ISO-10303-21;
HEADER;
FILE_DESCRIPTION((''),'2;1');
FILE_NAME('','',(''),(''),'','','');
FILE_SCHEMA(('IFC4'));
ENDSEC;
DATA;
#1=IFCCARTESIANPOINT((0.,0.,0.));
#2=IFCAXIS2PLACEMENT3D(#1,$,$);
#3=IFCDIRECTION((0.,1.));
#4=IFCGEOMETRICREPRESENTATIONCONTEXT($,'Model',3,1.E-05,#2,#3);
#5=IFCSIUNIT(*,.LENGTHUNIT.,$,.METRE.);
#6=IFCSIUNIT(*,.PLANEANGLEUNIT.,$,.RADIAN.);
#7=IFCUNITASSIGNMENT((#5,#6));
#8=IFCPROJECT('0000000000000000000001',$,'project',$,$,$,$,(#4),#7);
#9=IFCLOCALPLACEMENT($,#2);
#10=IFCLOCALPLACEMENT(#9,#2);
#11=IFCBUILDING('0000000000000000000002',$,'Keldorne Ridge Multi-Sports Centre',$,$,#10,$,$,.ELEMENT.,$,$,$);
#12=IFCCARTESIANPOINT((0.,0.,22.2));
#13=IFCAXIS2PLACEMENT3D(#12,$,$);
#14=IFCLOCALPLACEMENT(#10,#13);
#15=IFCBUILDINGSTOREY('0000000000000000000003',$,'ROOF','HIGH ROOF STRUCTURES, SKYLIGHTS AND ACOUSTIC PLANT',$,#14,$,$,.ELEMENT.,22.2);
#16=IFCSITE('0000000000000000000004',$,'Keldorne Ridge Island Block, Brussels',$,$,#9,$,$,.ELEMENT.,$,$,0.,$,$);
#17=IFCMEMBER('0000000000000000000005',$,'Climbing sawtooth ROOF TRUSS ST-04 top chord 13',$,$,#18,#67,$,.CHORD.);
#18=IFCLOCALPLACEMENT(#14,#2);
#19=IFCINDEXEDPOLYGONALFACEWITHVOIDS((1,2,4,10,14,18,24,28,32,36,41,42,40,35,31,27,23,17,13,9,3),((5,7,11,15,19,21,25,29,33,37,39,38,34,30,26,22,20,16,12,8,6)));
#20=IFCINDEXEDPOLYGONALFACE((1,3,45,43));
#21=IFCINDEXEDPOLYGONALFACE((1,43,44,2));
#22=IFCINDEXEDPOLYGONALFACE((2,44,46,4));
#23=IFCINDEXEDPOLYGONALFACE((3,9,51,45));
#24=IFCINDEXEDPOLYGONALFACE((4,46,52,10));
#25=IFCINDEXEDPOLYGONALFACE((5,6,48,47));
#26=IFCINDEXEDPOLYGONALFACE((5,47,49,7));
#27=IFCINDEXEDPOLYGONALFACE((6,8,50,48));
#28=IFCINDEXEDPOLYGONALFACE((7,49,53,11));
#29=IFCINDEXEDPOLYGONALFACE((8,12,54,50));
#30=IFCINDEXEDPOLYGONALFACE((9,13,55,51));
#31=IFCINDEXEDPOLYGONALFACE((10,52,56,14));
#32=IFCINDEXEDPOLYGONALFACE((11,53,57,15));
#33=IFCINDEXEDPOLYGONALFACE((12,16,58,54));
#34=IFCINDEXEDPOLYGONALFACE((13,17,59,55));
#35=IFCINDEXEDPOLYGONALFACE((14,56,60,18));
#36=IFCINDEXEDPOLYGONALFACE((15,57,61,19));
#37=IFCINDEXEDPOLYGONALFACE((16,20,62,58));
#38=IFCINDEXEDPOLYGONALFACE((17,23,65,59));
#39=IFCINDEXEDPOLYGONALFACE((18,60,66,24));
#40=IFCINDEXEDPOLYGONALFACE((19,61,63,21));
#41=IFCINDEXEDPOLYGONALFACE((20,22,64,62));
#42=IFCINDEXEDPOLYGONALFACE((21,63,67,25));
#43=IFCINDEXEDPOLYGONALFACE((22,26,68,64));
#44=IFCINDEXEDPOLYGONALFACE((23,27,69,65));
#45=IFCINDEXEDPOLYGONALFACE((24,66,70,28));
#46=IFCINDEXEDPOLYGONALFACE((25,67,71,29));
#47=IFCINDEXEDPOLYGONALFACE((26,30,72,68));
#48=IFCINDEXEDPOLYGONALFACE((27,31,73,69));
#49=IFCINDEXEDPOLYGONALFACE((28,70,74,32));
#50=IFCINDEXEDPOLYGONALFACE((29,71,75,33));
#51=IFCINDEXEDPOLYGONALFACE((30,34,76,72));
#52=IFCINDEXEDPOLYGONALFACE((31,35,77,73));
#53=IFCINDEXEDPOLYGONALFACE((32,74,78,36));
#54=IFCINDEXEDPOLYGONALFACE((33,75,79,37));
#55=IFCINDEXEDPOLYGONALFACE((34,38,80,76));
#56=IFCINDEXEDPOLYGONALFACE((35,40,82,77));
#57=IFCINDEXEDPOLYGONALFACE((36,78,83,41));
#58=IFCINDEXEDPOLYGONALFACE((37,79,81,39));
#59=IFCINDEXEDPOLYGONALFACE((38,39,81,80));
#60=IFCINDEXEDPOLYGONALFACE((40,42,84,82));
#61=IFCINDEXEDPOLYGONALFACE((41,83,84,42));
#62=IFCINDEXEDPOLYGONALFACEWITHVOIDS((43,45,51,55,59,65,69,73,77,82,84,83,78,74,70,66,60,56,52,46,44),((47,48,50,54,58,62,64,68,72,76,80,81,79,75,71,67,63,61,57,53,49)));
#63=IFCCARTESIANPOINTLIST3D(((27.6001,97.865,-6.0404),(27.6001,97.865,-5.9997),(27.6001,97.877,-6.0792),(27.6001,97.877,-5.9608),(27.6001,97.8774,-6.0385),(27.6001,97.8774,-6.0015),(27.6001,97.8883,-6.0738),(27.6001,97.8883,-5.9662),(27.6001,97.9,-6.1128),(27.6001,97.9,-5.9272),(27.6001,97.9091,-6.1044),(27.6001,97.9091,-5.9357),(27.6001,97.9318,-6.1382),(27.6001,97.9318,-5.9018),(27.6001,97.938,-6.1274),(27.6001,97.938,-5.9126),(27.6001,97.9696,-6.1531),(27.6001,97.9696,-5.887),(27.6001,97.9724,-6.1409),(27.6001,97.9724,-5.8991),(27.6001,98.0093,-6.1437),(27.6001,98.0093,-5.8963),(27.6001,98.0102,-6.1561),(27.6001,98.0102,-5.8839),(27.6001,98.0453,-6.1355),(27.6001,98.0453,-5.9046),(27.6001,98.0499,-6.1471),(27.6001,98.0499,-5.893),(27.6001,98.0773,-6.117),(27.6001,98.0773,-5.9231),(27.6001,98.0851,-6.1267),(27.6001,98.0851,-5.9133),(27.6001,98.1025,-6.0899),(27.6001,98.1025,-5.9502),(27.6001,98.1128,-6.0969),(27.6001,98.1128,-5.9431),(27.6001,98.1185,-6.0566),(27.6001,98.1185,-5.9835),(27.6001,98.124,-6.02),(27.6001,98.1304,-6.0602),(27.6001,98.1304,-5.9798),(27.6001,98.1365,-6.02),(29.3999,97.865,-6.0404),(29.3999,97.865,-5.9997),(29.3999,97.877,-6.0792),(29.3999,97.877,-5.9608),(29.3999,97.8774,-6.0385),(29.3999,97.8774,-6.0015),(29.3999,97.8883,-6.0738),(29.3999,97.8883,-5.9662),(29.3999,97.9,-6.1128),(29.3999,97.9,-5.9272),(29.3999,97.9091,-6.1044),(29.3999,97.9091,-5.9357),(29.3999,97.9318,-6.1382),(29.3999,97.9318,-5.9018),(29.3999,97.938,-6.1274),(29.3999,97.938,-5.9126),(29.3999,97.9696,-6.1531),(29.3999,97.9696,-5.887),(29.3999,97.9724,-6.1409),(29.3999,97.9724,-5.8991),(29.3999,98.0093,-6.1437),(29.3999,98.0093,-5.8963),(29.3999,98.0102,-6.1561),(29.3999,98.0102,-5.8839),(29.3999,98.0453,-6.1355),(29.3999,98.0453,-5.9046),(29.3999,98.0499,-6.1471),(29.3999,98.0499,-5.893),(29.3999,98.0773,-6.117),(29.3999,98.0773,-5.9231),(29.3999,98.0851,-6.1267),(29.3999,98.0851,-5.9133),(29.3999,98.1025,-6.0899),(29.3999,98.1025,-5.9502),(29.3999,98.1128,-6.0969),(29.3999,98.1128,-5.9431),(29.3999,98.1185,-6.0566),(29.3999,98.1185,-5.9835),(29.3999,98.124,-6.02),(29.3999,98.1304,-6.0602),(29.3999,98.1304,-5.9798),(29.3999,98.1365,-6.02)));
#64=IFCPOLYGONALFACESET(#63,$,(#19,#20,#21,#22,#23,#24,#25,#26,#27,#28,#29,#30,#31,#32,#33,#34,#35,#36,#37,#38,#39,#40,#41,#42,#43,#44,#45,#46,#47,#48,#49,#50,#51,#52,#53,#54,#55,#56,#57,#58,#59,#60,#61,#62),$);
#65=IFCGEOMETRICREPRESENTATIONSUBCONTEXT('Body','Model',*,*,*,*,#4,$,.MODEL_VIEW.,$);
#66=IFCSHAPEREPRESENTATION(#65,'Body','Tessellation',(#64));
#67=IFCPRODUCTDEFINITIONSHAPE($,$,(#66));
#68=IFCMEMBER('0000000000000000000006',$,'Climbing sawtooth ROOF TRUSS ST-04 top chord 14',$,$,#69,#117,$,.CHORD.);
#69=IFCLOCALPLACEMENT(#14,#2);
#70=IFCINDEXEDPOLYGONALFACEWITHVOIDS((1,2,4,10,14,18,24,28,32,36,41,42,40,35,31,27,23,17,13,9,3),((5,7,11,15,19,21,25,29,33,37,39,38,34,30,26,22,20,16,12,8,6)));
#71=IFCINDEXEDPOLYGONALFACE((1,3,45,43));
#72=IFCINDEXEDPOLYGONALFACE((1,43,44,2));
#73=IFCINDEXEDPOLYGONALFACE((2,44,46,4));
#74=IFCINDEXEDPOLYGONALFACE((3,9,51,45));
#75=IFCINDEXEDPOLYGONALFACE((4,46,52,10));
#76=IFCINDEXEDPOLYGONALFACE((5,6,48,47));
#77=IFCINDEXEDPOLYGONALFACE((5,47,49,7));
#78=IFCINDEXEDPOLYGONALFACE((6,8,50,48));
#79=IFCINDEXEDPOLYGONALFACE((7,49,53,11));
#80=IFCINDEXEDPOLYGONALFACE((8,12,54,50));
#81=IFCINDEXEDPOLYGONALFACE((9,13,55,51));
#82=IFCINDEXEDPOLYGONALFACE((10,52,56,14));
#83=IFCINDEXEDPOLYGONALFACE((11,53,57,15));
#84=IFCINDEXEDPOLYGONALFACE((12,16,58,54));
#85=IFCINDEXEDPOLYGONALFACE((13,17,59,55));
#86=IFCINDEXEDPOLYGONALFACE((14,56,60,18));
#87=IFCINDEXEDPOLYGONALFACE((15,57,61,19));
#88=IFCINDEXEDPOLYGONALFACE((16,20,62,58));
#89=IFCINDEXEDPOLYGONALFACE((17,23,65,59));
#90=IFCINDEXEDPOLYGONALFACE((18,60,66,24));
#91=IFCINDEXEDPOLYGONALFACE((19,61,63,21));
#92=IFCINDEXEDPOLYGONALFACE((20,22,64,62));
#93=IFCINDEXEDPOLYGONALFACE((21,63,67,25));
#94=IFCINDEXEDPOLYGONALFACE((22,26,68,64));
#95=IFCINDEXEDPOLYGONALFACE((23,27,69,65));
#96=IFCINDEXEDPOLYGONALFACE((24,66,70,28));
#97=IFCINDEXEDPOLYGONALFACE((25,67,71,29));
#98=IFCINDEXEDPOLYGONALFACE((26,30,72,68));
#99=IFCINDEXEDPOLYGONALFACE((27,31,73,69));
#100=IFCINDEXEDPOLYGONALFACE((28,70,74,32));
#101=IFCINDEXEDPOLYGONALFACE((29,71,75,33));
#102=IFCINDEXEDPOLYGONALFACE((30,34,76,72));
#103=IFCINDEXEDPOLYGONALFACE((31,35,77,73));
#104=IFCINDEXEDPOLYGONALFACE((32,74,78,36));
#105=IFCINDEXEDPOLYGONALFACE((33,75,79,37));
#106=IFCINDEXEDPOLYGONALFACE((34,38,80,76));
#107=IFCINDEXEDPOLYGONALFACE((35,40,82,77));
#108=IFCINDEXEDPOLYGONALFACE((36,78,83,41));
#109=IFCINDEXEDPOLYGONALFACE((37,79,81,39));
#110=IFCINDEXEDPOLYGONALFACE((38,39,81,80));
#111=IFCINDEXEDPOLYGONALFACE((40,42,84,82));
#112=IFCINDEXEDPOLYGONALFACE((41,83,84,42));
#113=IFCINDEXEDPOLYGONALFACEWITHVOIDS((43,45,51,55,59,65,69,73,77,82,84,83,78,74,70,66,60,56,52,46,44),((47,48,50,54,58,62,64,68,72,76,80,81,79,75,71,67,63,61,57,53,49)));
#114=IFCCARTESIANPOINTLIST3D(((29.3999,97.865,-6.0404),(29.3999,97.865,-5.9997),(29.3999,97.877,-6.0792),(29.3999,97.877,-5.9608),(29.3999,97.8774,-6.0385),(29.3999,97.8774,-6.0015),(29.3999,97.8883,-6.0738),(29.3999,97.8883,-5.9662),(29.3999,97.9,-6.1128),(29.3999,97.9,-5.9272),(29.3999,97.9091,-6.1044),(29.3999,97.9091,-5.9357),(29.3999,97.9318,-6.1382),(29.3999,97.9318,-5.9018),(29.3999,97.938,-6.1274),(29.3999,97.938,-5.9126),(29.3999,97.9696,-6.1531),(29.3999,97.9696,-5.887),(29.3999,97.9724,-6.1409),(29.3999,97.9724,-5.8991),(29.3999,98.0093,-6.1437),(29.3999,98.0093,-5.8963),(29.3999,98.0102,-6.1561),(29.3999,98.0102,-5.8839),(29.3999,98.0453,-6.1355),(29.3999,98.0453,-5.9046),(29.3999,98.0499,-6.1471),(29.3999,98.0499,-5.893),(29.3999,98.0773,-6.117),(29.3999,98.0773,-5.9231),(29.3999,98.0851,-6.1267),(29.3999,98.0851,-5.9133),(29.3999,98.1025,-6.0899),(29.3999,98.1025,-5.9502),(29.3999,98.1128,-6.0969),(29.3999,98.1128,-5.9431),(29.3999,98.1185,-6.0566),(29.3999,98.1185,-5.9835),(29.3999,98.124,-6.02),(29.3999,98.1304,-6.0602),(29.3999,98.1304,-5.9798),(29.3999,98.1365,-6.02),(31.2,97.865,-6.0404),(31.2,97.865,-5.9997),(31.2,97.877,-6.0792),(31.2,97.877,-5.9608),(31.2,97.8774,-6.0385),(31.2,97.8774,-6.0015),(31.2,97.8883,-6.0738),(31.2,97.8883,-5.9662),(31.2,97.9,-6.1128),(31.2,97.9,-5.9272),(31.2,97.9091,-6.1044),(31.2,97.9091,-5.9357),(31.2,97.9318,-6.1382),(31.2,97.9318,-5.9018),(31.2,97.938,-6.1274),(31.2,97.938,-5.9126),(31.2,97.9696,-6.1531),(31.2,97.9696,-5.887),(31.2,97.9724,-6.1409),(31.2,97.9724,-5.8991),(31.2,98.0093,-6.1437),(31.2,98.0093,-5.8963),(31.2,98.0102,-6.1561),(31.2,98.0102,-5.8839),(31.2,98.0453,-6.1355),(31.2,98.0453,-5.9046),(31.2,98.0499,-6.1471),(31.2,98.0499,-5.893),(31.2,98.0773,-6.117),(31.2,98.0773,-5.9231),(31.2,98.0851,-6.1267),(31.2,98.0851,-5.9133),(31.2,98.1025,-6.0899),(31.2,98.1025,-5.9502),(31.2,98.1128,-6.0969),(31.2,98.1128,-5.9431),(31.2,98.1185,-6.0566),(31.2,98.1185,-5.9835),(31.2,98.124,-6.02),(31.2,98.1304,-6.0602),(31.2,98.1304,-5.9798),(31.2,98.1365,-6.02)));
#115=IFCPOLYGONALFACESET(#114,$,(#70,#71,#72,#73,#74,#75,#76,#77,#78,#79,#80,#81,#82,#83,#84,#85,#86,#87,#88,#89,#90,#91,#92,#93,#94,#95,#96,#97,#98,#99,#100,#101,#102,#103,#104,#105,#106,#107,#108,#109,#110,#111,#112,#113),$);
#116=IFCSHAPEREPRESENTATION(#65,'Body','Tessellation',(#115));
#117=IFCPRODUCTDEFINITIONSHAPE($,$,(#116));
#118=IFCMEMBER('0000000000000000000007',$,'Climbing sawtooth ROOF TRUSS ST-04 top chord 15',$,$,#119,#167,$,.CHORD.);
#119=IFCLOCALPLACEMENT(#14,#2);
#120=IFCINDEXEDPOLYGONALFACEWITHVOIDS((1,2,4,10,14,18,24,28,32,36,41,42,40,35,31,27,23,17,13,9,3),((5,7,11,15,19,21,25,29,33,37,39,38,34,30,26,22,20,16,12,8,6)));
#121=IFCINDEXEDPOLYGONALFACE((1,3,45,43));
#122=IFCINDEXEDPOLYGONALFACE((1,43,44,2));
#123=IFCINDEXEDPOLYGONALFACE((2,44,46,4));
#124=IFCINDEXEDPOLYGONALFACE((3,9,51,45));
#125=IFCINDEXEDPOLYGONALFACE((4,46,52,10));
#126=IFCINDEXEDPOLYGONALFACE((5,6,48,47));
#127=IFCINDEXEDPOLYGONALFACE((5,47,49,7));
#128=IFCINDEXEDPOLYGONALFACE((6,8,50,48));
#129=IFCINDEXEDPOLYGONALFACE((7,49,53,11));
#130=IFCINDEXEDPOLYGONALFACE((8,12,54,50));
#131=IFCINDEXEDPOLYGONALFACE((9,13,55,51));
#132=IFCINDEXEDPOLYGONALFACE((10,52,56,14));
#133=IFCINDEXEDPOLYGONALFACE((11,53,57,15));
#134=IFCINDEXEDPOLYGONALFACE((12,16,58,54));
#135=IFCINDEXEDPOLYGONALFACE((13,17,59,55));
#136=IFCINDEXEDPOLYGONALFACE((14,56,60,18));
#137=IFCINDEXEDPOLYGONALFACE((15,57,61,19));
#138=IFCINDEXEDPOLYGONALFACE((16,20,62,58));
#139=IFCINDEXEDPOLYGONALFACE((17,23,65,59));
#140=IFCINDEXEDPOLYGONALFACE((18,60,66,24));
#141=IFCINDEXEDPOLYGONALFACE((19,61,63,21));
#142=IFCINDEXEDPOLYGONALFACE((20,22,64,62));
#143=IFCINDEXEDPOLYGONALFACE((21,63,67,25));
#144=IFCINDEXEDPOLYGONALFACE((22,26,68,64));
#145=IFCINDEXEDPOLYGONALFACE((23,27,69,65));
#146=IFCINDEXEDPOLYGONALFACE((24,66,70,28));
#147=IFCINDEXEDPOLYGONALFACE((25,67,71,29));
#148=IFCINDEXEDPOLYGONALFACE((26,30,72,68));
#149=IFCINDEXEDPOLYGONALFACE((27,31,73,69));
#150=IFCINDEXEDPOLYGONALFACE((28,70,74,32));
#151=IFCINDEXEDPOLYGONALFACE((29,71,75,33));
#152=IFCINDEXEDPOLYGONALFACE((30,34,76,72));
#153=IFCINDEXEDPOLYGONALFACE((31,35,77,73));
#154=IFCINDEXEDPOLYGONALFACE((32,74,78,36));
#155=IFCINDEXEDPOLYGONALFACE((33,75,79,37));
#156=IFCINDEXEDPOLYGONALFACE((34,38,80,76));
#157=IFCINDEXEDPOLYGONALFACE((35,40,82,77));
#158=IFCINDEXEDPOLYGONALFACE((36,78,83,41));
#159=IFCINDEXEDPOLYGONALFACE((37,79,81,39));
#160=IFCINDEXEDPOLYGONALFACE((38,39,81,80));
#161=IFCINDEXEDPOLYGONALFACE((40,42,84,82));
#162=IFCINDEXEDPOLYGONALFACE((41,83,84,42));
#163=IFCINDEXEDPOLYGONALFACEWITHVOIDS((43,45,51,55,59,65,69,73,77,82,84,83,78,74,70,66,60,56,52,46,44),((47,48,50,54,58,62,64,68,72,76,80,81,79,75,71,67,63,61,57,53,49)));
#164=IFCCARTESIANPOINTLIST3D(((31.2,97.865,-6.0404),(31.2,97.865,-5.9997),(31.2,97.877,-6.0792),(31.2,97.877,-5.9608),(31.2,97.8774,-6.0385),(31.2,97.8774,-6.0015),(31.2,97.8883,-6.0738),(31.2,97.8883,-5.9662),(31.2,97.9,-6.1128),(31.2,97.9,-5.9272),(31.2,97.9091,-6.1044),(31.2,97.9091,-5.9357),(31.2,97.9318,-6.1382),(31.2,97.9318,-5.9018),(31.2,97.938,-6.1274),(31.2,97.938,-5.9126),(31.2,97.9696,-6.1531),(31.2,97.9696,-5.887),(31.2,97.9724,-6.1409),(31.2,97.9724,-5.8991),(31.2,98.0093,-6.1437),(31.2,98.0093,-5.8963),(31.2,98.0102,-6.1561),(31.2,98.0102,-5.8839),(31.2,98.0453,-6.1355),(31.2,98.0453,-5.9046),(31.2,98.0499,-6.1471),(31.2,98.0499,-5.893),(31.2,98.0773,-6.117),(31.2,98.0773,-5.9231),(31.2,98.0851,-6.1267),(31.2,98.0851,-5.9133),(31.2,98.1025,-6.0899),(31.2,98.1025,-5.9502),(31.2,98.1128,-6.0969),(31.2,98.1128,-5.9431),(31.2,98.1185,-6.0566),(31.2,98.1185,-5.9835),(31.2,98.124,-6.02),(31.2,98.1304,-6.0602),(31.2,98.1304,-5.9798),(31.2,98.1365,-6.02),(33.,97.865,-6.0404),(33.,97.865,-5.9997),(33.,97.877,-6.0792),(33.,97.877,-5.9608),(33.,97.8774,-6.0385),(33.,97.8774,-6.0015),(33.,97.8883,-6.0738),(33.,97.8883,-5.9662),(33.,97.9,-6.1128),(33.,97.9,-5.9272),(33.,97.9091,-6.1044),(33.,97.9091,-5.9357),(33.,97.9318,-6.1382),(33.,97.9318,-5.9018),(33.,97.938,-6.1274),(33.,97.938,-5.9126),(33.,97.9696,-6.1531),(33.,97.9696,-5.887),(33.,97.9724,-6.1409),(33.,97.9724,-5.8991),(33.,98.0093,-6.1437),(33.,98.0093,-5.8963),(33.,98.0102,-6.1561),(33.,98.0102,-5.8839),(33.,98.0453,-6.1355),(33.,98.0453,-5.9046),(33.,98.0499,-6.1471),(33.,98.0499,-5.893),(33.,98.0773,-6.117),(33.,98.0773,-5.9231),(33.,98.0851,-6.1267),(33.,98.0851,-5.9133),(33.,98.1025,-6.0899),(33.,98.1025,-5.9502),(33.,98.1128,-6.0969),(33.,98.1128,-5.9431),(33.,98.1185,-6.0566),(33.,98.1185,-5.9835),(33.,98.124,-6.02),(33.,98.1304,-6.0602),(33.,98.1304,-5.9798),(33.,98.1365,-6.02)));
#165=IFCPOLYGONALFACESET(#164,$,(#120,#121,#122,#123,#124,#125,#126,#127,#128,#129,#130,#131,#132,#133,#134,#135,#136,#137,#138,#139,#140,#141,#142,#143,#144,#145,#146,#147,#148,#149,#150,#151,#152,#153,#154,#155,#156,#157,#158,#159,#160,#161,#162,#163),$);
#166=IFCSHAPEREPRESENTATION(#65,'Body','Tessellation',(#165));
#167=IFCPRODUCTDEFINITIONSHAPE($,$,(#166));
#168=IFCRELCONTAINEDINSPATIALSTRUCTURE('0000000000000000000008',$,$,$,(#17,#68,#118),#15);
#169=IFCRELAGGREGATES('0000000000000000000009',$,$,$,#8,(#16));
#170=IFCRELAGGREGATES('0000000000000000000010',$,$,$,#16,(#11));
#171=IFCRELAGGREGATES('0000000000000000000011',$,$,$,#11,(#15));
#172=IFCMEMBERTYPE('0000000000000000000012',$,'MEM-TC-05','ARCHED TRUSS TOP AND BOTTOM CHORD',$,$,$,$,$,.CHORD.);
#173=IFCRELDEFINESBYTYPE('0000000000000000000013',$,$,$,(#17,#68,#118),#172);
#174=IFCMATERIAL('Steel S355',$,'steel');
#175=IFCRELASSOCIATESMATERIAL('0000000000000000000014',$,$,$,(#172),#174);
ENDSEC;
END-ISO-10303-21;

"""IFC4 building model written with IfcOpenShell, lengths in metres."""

from ifc_helpers import new_model, si_unit, direction, frame, origin, origin_2d, place, context, subcontext, project, spatial, hollow_circle, extrude, material, material_profile, profile_set, type_object, element, save


model = new_model("IFC4")

# Units and contexts
model_context = context("Model", 3, precision=1e-05, world=origin(), true_north=direction((0.0, 1.0)))
body_context = subcontext(model_context, "Body", "Model", "MODEL_VIEW")
ifc_project = project(units=[si_unit("LENGTHUNIT", "METRE"), si_unit("PLANEANGLEUNIT", "RADIAN")], contexts=[model_context])

# Site, building, storey
site_placement = place(None, origin())
site = spatial("IfcSite", under=ifc_project, at=site_placement, Name="Keldorne Ridge Island Block, Brussels", CompositionType="ELEMENT", RefElevation=0.0)
building_placement = place(site_placement, origin())
building = spatial("IfcBuilding", under=site, at=building_placement, Name="Keldorne Ridge Multi-Sports Centre", CompositionType="ELEMENT")
storey_placement = place(building_placement, frame((0.0, 0.0, 22.2)))
storey = spatial("IfcBuildingStorey", under=building, at=storey_placement, Name="ROOF", Description="HIGH ROOF STRUCTURES, SKYLIGHTS AND ACOUSTIC PLANT", CompositionType="ELEMENT", Elevation=22.2)

# Shared definitions
ifc_material_1 = material(Name="Steel S355", Category="steel")

# Members
ifc_material_profile_1 = material_profile(ifc_material_1, hollow_circle(Radius=0.1365, WallThickness=0.0125, at=origin_2d()), Name="CHS 273x12.5")
ifc_profile_set_1 = profile_set([ifc_material_profile_1], Name="Steel S355")
member_type_1 = type_object("IfcMemberType", Name="MEM-TC-05", Description="ARCHED TRUSS TOP AND BOTTOM CHORD", PredefinedType="CHORD", material=ifc_profile_set_1)
member_1_placement = place(storey_placement, frame((27.6001, 98.0, -6.02), z_axis=(1.0, 0.0, 0.0), x_axis=(0.0, 1.0, 0.0)))
element("IfcMember", 1, at=member_1_placement, inside=storey, type_object=member_type_1, Name="Climbing sawtooth ROOF TRUSS ST-04 top chord 13", PredefinedType="CHORD", context=body_context, shape_type="SweptSolid", body=[
    extrude(hollow_circle(Radius=0.1365, WallThickness=0.0125, at=origin_2d()), origin(), (0.0, 0.0, 1.0), 1.7998),
])
for number, where, z_axis, x_axis, name in (
    (2, (29.3999, 98.0, -6.02), (1.0, 0.0, 0.0), (0.0, 1.0, 0.0), "Climbing sawtooth ROOF TRUSS ST-04 top chord 14"),
    (3, (31.2, 98.0, -6.02), (1.0, 0.0, 0.0), (0.0, 1.0, 0.0), "Climbing sawtooth ROOF TRUSS ST-04 top chord 15"),
):
    element("IfcMember", number, at=place(storey_placement, frame(where, z_axis=z_axis, x_axis=x_axis)), inside=storey, type_object=member_type_1, Name=name, PredefinedType="CHORD", context=body_context, shape_type="SweptSolid", body=[
        extrude(hollow_circle(Radius=0.1365, WallThickness=0.0125, at=origin_2d()), origin(), (0.0, 0.0, 1.0), 1.8),
    ])

save(model, "model.ifc")
